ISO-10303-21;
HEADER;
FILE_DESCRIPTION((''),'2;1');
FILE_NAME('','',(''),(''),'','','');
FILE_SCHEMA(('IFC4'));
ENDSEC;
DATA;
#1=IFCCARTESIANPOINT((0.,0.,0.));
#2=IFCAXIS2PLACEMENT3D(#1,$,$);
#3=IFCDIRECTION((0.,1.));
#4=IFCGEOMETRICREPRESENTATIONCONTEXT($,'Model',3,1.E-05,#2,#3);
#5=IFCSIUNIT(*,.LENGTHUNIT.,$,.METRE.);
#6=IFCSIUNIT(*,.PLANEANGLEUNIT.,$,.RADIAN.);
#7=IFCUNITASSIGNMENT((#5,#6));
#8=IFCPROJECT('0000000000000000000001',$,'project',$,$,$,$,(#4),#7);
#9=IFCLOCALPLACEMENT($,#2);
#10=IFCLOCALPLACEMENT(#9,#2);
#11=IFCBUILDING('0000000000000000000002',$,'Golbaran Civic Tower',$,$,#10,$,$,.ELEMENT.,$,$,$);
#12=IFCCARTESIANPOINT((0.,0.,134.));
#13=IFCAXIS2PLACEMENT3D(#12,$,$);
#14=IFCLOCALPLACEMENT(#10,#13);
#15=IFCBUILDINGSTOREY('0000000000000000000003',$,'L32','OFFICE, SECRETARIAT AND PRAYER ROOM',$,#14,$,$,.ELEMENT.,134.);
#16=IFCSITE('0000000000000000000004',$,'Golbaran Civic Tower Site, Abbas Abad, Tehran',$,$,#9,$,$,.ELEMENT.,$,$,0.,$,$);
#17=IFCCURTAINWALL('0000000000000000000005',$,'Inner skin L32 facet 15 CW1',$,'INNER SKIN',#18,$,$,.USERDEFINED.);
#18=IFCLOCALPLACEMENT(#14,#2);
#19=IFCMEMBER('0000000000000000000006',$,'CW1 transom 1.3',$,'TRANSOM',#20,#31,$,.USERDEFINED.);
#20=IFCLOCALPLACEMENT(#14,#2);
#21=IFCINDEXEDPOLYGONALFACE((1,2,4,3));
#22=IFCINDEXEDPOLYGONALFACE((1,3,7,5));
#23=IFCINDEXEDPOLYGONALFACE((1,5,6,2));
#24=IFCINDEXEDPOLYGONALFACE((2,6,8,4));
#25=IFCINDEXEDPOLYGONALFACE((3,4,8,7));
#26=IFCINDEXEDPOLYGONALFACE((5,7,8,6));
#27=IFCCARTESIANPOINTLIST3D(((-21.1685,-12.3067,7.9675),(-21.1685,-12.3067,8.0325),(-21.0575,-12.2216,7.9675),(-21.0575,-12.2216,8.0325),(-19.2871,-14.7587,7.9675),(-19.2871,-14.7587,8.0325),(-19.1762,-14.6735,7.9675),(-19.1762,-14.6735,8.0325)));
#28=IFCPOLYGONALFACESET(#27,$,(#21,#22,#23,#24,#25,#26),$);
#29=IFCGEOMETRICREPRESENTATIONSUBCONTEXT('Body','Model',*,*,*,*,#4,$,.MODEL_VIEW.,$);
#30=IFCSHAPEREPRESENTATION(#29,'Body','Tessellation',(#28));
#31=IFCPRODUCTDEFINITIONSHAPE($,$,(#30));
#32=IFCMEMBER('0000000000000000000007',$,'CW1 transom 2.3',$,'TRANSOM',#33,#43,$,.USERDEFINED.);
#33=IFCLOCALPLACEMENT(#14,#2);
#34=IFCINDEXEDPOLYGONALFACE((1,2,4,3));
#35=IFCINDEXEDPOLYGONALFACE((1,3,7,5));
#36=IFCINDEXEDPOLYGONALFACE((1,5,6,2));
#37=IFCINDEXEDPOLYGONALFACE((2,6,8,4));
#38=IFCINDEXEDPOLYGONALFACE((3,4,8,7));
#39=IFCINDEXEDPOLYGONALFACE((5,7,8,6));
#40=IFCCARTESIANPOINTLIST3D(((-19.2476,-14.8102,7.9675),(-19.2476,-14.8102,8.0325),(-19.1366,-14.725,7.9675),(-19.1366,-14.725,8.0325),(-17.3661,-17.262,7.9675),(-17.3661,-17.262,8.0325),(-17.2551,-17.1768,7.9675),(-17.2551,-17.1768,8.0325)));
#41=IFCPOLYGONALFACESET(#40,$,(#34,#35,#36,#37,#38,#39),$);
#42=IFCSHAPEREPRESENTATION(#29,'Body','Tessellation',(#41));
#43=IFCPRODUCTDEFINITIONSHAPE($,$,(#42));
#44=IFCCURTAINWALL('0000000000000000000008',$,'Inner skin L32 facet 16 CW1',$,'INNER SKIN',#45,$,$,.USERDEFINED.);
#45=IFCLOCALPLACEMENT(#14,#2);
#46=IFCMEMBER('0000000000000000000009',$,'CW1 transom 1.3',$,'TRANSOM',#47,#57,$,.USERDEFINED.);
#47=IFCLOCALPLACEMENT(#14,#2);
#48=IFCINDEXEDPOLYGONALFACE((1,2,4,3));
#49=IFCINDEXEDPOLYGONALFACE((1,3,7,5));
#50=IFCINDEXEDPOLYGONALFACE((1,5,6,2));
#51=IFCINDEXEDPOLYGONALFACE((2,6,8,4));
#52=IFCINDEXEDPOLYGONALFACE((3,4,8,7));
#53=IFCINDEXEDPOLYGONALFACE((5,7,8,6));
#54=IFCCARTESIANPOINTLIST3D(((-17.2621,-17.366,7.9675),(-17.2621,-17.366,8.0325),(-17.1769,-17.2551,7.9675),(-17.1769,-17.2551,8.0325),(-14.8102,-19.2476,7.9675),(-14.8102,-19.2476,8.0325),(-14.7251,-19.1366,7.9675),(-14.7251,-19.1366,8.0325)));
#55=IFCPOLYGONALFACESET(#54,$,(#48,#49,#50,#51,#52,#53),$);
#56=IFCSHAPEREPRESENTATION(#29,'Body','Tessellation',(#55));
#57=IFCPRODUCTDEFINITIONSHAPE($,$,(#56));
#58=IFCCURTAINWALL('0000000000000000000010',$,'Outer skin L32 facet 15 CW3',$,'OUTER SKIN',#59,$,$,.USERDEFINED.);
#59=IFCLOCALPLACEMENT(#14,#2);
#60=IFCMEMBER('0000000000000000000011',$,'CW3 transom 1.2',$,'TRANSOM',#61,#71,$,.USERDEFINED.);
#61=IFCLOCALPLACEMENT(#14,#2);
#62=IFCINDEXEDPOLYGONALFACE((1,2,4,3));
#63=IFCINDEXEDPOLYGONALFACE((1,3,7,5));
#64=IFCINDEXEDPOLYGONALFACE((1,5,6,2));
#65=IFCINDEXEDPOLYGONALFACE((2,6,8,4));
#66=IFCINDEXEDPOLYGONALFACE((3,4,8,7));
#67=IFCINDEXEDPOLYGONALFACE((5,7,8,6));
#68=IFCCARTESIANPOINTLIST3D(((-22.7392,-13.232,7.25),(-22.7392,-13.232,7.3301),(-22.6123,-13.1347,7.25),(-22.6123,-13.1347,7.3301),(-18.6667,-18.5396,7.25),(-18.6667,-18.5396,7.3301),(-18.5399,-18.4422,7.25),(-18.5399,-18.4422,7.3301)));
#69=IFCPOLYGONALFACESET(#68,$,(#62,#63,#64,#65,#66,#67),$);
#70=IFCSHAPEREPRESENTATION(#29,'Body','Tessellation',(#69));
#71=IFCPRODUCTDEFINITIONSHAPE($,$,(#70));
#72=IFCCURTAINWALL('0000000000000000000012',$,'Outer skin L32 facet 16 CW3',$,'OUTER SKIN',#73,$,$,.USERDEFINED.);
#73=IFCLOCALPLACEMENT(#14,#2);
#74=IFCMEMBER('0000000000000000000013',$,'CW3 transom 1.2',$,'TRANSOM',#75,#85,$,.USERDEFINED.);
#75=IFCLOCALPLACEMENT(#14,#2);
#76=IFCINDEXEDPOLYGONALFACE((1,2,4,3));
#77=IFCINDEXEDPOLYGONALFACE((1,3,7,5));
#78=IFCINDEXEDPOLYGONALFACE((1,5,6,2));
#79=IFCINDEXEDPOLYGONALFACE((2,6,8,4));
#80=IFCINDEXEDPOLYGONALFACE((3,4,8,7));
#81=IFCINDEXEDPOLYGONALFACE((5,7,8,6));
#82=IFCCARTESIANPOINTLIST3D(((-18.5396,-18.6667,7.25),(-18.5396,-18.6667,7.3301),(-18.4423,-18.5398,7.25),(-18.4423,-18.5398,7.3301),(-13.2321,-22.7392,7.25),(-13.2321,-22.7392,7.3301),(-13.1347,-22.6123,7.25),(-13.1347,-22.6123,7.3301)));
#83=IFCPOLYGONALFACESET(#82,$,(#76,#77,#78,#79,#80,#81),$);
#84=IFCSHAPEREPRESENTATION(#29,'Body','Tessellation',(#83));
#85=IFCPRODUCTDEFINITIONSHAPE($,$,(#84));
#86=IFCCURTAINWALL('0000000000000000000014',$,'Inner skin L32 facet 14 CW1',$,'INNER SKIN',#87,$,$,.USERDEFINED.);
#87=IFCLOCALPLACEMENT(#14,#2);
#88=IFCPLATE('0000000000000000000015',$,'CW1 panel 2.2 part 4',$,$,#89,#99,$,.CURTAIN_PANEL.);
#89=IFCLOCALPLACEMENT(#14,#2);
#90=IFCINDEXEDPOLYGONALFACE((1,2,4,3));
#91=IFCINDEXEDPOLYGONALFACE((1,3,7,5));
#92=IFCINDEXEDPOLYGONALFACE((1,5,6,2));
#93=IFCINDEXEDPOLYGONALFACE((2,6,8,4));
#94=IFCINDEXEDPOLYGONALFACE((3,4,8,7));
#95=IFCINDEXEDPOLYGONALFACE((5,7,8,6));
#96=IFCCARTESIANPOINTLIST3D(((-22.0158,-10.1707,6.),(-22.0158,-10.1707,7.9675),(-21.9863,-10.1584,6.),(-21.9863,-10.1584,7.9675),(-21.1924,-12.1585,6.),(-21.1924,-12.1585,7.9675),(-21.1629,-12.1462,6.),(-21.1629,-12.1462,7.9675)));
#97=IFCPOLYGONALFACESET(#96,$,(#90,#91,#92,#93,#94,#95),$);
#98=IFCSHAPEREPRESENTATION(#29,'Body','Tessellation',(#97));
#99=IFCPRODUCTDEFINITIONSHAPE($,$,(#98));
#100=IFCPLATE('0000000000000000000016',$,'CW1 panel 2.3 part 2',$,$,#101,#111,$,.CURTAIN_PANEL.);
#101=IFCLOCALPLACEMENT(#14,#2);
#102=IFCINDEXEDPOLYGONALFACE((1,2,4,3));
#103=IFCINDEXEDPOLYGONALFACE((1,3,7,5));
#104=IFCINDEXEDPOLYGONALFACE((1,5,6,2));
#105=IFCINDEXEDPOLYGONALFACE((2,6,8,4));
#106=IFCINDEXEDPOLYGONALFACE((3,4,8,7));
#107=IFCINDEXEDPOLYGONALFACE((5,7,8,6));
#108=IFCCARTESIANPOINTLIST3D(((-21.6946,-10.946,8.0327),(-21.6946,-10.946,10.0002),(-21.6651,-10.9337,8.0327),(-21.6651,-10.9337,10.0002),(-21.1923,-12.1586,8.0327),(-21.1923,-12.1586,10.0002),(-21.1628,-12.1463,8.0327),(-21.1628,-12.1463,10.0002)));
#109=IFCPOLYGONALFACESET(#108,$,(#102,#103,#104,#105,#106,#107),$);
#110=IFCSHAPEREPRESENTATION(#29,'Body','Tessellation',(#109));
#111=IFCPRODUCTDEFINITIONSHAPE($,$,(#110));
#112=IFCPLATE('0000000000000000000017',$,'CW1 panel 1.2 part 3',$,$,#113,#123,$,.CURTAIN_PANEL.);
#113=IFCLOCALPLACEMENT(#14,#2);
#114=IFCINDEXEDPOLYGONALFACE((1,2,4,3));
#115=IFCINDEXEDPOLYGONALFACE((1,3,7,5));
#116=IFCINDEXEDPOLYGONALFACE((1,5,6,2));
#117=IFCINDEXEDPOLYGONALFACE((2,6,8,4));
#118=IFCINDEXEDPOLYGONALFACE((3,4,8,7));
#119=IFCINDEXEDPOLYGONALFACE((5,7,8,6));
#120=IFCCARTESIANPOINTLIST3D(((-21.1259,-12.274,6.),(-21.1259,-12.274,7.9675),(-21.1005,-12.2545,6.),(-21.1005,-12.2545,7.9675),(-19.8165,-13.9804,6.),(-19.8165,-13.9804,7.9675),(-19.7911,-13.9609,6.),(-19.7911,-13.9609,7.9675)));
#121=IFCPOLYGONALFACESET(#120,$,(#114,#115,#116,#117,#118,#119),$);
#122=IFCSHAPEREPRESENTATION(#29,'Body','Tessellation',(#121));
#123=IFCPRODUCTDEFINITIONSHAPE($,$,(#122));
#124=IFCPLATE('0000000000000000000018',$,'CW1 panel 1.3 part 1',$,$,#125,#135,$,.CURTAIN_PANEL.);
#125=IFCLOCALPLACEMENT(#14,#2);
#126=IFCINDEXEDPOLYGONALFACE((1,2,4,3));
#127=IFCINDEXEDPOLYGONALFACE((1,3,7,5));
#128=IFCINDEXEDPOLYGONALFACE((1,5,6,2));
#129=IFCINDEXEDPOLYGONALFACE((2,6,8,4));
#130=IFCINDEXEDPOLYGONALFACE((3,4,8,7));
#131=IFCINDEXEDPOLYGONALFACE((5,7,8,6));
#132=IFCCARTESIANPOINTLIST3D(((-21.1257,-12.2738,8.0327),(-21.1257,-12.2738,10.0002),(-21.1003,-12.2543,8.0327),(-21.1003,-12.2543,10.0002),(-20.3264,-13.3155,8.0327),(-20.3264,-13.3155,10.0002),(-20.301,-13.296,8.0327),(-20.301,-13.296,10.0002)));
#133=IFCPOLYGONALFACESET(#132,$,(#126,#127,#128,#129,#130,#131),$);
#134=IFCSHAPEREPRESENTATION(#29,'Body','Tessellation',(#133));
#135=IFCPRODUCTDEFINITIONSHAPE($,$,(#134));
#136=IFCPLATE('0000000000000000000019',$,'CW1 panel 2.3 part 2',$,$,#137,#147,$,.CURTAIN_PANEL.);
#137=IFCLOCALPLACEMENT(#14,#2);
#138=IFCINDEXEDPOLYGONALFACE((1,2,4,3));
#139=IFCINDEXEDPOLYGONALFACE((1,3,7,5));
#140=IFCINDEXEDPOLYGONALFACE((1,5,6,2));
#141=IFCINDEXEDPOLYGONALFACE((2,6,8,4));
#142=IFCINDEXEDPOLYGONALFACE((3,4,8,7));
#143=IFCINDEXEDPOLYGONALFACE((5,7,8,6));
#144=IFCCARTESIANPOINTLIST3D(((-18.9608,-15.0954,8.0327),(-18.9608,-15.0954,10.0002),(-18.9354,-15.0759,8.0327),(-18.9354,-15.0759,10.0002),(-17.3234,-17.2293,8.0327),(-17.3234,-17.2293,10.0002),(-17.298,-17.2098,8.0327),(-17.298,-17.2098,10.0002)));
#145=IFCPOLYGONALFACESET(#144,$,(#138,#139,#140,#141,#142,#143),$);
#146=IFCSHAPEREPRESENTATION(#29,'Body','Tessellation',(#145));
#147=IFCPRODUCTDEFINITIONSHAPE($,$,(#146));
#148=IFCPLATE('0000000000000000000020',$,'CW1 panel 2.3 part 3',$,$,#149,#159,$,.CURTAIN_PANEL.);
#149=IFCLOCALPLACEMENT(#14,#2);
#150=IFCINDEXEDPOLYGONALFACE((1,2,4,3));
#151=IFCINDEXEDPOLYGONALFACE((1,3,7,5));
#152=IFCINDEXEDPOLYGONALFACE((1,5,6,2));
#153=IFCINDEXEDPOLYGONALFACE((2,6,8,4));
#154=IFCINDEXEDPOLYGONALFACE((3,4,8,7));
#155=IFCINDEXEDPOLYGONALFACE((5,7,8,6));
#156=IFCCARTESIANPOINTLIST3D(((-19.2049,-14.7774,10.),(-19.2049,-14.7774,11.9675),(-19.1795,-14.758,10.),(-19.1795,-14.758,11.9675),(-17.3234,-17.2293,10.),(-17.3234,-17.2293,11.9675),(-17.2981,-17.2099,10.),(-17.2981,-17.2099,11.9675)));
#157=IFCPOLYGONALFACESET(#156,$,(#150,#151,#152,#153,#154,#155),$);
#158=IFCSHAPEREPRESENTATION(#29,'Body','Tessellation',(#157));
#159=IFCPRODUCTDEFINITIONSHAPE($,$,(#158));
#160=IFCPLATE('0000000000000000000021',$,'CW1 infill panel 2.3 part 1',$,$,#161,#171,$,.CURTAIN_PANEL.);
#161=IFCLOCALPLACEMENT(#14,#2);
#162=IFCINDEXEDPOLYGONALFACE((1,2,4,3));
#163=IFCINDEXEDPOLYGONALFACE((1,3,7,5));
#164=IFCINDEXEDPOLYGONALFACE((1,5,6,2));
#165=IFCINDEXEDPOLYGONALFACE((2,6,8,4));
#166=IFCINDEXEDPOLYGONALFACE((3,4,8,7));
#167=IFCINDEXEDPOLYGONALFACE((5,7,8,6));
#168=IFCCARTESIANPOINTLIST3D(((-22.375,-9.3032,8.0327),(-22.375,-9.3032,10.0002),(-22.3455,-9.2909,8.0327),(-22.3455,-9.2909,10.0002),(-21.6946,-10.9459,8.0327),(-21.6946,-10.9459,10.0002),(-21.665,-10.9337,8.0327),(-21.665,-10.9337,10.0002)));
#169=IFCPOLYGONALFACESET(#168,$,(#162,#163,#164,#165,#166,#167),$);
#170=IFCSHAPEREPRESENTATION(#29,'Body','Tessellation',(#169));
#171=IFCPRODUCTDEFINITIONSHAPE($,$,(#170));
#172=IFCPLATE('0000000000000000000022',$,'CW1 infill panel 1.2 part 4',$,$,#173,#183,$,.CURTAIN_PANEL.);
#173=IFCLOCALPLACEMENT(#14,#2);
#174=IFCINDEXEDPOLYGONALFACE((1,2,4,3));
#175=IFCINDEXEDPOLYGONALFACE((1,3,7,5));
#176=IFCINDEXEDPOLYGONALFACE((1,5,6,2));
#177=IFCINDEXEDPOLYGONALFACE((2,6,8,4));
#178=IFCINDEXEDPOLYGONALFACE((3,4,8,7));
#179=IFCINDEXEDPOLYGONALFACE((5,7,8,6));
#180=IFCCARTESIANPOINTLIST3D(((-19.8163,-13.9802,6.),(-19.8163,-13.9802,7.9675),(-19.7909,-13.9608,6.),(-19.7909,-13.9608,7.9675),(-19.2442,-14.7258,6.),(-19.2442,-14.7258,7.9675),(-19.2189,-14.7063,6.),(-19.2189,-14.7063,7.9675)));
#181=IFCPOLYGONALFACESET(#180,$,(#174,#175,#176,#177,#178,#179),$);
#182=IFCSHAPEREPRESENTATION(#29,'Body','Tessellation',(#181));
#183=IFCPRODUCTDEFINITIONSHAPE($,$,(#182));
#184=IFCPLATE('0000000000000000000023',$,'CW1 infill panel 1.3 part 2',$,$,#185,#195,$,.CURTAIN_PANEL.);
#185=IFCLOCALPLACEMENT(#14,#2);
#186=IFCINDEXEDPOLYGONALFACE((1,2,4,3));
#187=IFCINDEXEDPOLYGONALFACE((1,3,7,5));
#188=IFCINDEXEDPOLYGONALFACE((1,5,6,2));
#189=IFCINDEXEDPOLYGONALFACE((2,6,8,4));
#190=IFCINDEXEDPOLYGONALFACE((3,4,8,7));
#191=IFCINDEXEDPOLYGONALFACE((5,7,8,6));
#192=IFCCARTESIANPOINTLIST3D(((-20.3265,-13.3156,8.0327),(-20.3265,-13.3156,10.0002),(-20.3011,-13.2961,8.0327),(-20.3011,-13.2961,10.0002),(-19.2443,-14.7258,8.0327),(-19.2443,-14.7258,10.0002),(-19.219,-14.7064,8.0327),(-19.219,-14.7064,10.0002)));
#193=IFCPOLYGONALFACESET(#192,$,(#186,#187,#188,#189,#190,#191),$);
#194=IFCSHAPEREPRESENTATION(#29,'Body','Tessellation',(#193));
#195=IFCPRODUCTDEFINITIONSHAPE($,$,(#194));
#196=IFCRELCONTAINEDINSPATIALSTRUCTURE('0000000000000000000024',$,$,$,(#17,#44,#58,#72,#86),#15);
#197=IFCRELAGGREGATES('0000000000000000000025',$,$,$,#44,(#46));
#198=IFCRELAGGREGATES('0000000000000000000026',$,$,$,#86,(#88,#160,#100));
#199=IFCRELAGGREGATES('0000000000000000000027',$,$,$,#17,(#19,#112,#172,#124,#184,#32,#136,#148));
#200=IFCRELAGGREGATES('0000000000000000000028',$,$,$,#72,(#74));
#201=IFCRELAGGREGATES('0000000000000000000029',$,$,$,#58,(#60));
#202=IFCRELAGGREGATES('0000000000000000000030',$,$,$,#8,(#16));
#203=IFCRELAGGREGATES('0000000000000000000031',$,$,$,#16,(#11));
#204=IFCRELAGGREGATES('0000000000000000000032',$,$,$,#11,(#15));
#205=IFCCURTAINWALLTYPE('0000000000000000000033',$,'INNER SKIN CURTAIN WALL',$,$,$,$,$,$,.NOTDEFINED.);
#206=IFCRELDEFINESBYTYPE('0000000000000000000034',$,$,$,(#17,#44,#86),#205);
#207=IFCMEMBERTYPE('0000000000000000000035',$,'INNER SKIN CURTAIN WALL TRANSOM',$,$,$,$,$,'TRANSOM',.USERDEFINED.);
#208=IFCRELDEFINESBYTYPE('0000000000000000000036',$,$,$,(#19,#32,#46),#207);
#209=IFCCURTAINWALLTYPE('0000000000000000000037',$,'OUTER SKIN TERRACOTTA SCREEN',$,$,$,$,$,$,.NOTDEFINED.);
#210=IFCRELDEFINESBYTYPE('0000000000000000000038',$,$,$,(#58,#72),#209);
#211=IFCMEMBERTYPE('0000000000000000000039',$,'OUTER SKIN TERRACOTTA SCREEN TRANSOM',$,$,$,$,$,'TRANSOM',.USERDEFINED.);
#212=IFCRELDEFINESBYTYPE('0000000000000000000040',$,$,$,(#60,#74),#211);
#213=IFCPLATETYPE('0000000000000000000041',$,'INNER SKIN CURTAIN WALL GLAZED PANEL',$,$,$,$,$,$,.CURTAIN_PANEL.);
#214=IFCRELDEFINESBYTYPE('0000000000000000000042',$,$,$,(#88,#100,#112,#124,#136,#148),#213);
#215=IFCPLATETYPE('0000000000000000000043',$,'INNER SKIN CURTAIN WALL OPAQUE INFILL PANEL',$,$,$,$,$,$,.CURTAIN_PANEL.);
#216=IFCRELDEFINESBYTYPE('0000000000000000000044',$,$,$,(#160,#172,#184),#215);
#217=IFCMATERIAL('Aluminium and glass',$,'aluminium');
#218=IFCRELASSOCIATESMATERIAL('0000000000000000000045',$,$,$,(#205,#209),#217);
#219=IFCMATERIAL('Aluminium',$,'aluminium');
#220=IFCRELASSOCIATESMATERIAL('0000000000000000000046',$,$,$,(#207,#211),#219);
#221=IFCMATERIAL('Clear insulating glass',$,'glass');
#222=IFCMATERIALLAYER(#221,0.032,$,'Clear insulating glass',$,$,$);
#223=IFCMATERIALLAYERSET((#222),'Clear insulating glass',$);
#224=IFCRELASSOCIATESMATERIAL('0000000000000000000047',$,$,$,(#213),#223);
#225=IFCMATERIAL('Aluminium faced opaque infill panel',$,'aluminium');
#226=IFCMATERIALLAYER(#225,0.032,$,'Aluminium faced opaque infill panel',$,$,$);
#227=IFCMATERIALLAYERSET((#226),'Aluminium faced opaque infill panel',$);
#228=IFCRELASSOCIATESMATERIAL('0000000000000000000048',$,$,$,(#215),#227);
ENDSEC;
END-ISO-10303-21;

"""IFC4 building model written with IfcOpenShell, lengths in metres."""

from ifc_helpers import new_model, si_unit, direction, frame, origin, origin_2d, place, context, subcontext, project, spatial, rectangle, extrude, material, layer, layer_set, material_profile, profile_set, type_object, element, aggregate, save


model = new_model("IFC4")

# Units and contexts
model_context = context("Model", 3, precision=1e-05, world=origin(), true_north=direction((0.0, 1.0)))
body_context = subcontext(model_context, "Body", "Model", "MODEL_VIEW")
ifc_project = project(units=[si_unit("LENGTHUNIT", "METRE"), si_unit("PLANEANGLEUNIT", "RADIAN")], contexts=[model_context])

# Site, building, storey
site_placement = place(None, origin())
site = spatial("IfcSite", under=ifc_project, at=site_placement, Name="Golbaran Civic Tower Site, Abbas Abad, Tehran", CompositionType="ELEMENT", RefElevation=0.0)
building_placement = place(site_placement, origin())
building = spatial("IfcBuilding", under=site, at=building_placement, Name="Golbaran Civic Tower", CompositionType="ELEMENT")
storey_placement = place(building_placement, frame((0.0, 0.0, 134.0)))
storey = spatial("IfcBuildingStorey", under=building, at=storey_placement, Name="L32", Description="OFFICE, SECRETARIAT AND PRAYER ROOM", CompositionType="ELEMENT", Elevation=134.0)

# Curtain wall, members
ifc_material_1 = material(Name="Aluminium and glass", Category="aluminium")
curtain_wall_type_1 = type_object("IfcCurtainWallType", Name="INNER SKIN CURTAIN WALL", PredefinedType="NOTDEFINED", material=ifc_material_1)
curtain_wall_1_placement = place(storey_placement, origin())
curtain_wall_1 = element("IfcCurtainWall", 1, at=curtain_wall_1_placement, inside=storey, type_object=curtain_wall_type_1, Name="Inner skin L32 facet 15 CW1", ObjectType="INNER SKIN", PredefinedType="USERDEFINED")
ifc_material_2 = material(Name="Aluminium", Category="aluminium")
ifc_material_profile_1 = material_profile(ifc_material_2, rectangle(XDim=0.1399, YDim=0.0649, at=origin_2d()), Name="INNER SKIN CURTAIN WALL TRANSOM")
ifc_profile_set_1 = profile_set([ifc_material_profile_1], Name="Aluminium")
member_type_1 = type_object("IfcMemberType", Name="INNER SKIN CURTAIN WALL TRANSOM", ElementType="TRANSOM", PredefinedType="USERDEFINED", material=ifc_profile_set_1)
member_1_placement = place(storey_placement, frame((-21.113, -12.2642, 8.0), z_axis=(0.608748, -0.793363, 0.0), x_axis=(0.793363, 0.608748, 0.0)))
member_1 = element("IfcMember", 2, at=member_1_placement, type_object=member_type_1, Name="CW1 transom 1.3", ObjectType="TRANSOM", PredefinedType="USERDEFINED", context=body_context, shape_type="SweptSolid", body=[
    extrude(rectangle(XDim=0.1399, YDim=0.0649, at=origin_2d()), origin(), (0.0, 0.0, 1.0), 3.0906),
])
member_2_placement = place(storey_placement, frame((-19.1921, -14.7676, 8.0), z_axis=(0.608798, -0.793325, 0.0), x_axis=(0.793325, 0.608798, 0.0)))
member_2 = element("IfcMember", 3, at=member_2_placement, type_object=member_type_1, Name="CW1 transom 2.3", ObjectType="TRANSOM", PredefinedType="USERDEFINED", context=body_context, shape_type="SweptSolid", body=[
    extrude(rectangle(XDim=0.1399, YDim=0.0649, at=origin_2d()), origin(), (0.0, 0.0, 1.0), 3.0906),
])

# Curtain walls, members
curtain_wall_2_placement = place(storey_placement, origin())
curtain_wall_2 = element("IfcCurtainWall", 4, at=curtain_wall_2_placement, inside=storey, type_object=curtain_wall_type_1, Name="Inner skin L32 facet 16 CW1", ObjectType="INNER SKIN", PredefinedType="USERDEFINED")
member_3_placement = place(storey_placement, frame((-17.2195, -17.3105, 8.0), z_axis=(0.793325, -0.608798, 0.0), x_axis=(0.608798, 0.793325, 0.0)))
member_3 = element("IfcMember", 5, at=member_3_placement, type_object=member_type_1, Name="CW1 transom 1.3", ObjectType="TRANSOM", PredefinedType="USERDEFINED", context=body_context, shape_type="SweptSolid", body=[
    extrude(rectangle(XDim=0.1399, YDim=0.0649, at=origin_2d()), origin(), (0.0, 0.0, 1.0), 3.0906),
])
aggregate(curtain_wall_2, [member_3])
curtain_wall_type_2 = type_object("IfcCurtainWallType", Name="OUTER SKIN TERRACOTTA SCREEN", PredefinedType="NOTDEFINED", material=ifc_material_1)
curtain_wall_3_placement = place(storey_placement, origin())
curtain_wall_3 = element("IfcCurtainWall", 6, at=curtain_wall_3_placement, inside=storey, type_object=curtain_wall_type_2, Name="Outer skin L32 facet 15 CW3", ObjectType="OUTER SKIN", PredefinedType="USERDEFINED")
ifc_material_profile_2 = material_profile(ifc_material_2, rectangle(XDim=0.1599, YDim=0.0801, at=origin_2d()), Name="OUTER SKIN TERRACOTTA SCREEN TRANSOM")
ifc_profile_set_2 = profile_set([ifc_material_profile_2], Name="Aluminium")
member_type_2 = type_object("IfcMemberType", Name="OUTER SKIN TERRACOTTA SCREEN TRANSOM", ElementType="TRANSOM", PredefinedType="USERDEFINED", material=ifc_profile_set_2)
member_4_placement = place(storey_placement, frame((-22.6758, -13.1833, 7.29), z_axis=(0.608746, -0.793365, 0.0), x_axis=(0.793365, 0.608746, 0.0)))
member_4 = element("IfcMember", 7, at=member_4_placement, type_object=member_type_2, Name="CW3 transom 1.2", ObjectType="TRANSOM", PredefinedType="USERDEFINED", context=body_context, shape_type="SweptSolid", body=[
    extrude(rectangle(XDim=0.1599, YDim=0.0801, at=origin_2d()), origin(), (0.0, 0.0, 1.0), 6.6899),
])
curtain_wall_4_placement = place(storey_placement, origin())
curtain_wall_4 = element("IfcCurtainWall", 8, at=curtain_wall_4_placement, inside=storey, type_object=curtain_wall_type_2, Name="Outer skin L32 facet 16 CW3", ObjectType="OUTER SKIN", PredefinedType="USERDEFINED")
member_5_placement = place(storey_placement, frame((-18.491, -18.6033, 7.29), z_axis=(0.793365, -0.608746, 0.0), x_axis=(0.608746, 0.793365, 0.0)))
member_5 = element("IfcMember", 9, at=member_5_placement, type_object=member_type_2, Name="CW3 transom 1.2", ObjectType="TRANSOM", PredefinedType="USERDEFINED", context=body_context, shape_type="SweptSolid", body=[
    extrude(rectangle(XDim=0.1599, YDim=0.0801, at=origin_2d()), origin(), (0.0, 0.0, 1.0), 6.6899),
])

# Curtain wall, plates
curtain_wall_5_placement = place(storey_placement, origin())
curtain_wall_5 = element("IfcCurtainWall", 10, at=curtain_wall_5_placement, inside=storey, type_object=curtain_wall_type_1, Name="Inner skin L32 facet 14 CW1", ObjectType="INNER SKIN", PredefinedType="USERDEFINED")
ifc_material_3 = material(Name="Clear insulating glass", Category="glass")
ifc_layer_1 = layer(ifc_material_3, 0.032, Name="Clear insulating glass")
ifc_layer_set_1 = layer_set([ifc_layer_1], Name="Clear insulating glass")
plate_type_1 = type_object("IfcPlateType", Name="INNER SKIN CURTAIN WALL GLAZED PANEL", PredefinedType="CURTAIN_PANEL", material=ifc_layer_set_1)
plate_1_placement = place(storey_placement, frame((-21.5894, -11.1584, 6.0), z_axis=(0.0, 0.0, 1.0), x_axis=(0.382683, -0.92388, 0.0)))
plate_1 = element("IfcPlate", 11, at=plate_1_placement, type_object=plate_type_1, Name="CW1 panel 2.2 part 4", PredefinedType="CURTAIN_PANEL", context=body_context, shape_type="SweptSolid", body=[
    extrude(rectangle(XDim=2.1516, YDim=0.032, at=origin_2d()), origin(), (0.0, 0.0, 1.0), 1.9675),
])
plate_2_placement = place(storey_placement, frame((-21.4287, -11.5461, 8.0327), z_axis=(0.0, 0.0, 1.0), x_axis=(0.382683, -0.92388, 0.0)))
plate_2 = element("IfcPlate", 12, at=plate_2_placement, type_object=plate_type_1, Name="CW1 panel 2.3 part 2", PredefinedType="CURTAIN_PANEL", context=body_context, shape_type="SweptSolid", body=[
    extrude(rectangle(XDim=1.3125, YDim=0.032, at=origin_2d()), origin(), (0.0, 0.0, 1.0), 1.9675),
])

# Plates
plate_3_placement = place(storey_placement, frame((-20.4585, -13.1174, 6.0), z_axis=(0.0, 0.0, 1.0), x_axis=(0.608761, -0.793353, 0.0)))
plate_3 = element("IfcPlate", 13, at=plate_3_placement, type_object=plate_type_1, Name="CW1 panel 1.2 part 3", PredefinedType="CURTAIN_PANEL", context=body_context, shape_type="SweptSolid", body=[
    extrude(rectangle(XDim=2.1509, YDim=0.032, at=origin_2d()), origin(), (0.0, 0.0, 1.0), 1.9675),
])
plate_4_placement = place(storey_placement, frame((-20.7134, -12.7849, 8.0327), z_axis=(0.0, 0.0, 1.0), x_axis=(0.608761, -0.793353, 0.0)))
plate_4 = element("IfcPlate", 14, at=plate_4_placement, type_object=plate_type_1, Name="CW1 panel 1.3 part 1", PredefinedType="CURTAIN_PANEL", context=body_context, shape_type="SweptSolid", body=[
    extrude(rectangle(XDim=1.313, YDim=0.032, at=origin_2d()), origin(), (0.0, 0.0, 1.0), 1.9675),
])
plate_5_placement = place(storey_placement, frame((-18.1294, -16.1526, 8.0327), z_axis=(0.0, 0.0, 1.0), x_axis=(0.608761, -0.793353, 0.0)))
plate_5 = element("IfcPlate", 15, at=plate_5_placement, type_object=plate_type_1, Name="CW1 panel 2.3 part 2", PredefinedType="CURTAIN_PANEL", context=body_context, shape_type="SweptSolid", body=[
    extrude(rectangle(XDim=2.6897, YDim=0.032, at=origin_2d()), origin(), (0.0, 0.0, 1.0), 1.9675),
])
plate_6_placement = place(storey_placement, frame((-18.2515, -15.9937, 10.0), z_axis=(0.0, 0.0, 1.0), x_axis=(0.608761, -0.793353, 0.0)))
plate_6 = element("IfcPlate", 16, at=plate_6_placement, type_object=plate_type_1, Name="CW1 panel 2.3 part 3", PredefinedType="CURTAIN_PANEL", context=body_context, shape_type="SweptSolid", body=[
    extrude(rectangle(XDim=3.0906, YDim=0.032, at=origin_2d()), origin(), (0.0, 0.0, 1.0), 1.9675),
])
ifc_material_4 = material(Name="Aluminium faced opaque infill panel", Category="aluminium")
ifc_layer_2 = layer(ifc_material_4, 0.032, Name="Aluminium faced opaque infill panel")
ifc_layer_set_2 = layer_set([ifc_layer_2], Name="Aluminium faced opaque infill panel")
plate_type_2 = type_object("IfcPlateType", Name="INNER SKIN CURTAIN WALL OPAQUE INFILL PANEL", PredefinedType="CURTAIN_PANEL", material=ifc_layer_set_2)
plate_7_placement = place(storey_placement, frame((-22.02, -10.1184, 8.0327), z_axis=(0.0, 0.0, 1.0), x_axis=(0.382683, -0.92388, 0.0)))
plate_7 = element("IfcPlate", 17, at=plate_7_placement, type_object=plate_type_2, Name="CW1 infill panel 2.3 part 1", PredefinedType="CURTAIN_PANEL", context=body_context, shape_type="SweptSolid", body=[
    extrude(rectangle(XDim=1.7781, YDim=0.032, at=origin_2d()), origin(), (0.0, 0.0, 1.0), 1.9675),
])
aggregate(curtain_wall_5, [plate_1, plate_7, plate_2])
plate_8_placement = place(storey_placement, frame((-19.5176, -14.3433, 6.0), z_axis=(0.0, 0.0, 1.0), x_axis=(0.608761, -0.793353, 0.0)))
plate_8 = element("IfcPlate", 18, at=plate_8_placement, type_object=plate_type_2, Name="CW1 infill panel 1.2 part 4", PredefinedType="CURTAIN_PANEL", context=body_context, shape_type="SweptSolid", body=[
    extrude(rectangle(XDim=0.9397, YDim=0.032, at=origin_2d()), origin(), (0.0, 0.0, 1.0), 1.9675),
])
plate_9_placement = place(storey_placement, frame((-19.7727, -14.011, 8.0327), z_axis=(0.0, 0.0, 1.0), x_axis=(0.608761, -0.793353, 0.0)))
plate_9 = element("IfcPlate", 19, at=plate_9_placement, type_object=plate_type_2, Name="CW1 infill panel 1.3 part 2", PredefinedType="CURTAIN_PANEL", context=body_context, shape_type="SweptSolid", body=[
    extrude(rectangle(XDim=1.7776, YDim=0.032, at=origin_2d()), origin(), (0.0, 0.0, 1.0), 1.9675),
])
aggregate(curtain_wall_1, [member_1, plate_3, plate_8, plate_4, plate_9, member_2, plate_5, plate_6])

aggregate(curtain_wall_4, [member_5])
aggregate(curtain_wall_3, [member_4])

save(model, "model.ifc")
